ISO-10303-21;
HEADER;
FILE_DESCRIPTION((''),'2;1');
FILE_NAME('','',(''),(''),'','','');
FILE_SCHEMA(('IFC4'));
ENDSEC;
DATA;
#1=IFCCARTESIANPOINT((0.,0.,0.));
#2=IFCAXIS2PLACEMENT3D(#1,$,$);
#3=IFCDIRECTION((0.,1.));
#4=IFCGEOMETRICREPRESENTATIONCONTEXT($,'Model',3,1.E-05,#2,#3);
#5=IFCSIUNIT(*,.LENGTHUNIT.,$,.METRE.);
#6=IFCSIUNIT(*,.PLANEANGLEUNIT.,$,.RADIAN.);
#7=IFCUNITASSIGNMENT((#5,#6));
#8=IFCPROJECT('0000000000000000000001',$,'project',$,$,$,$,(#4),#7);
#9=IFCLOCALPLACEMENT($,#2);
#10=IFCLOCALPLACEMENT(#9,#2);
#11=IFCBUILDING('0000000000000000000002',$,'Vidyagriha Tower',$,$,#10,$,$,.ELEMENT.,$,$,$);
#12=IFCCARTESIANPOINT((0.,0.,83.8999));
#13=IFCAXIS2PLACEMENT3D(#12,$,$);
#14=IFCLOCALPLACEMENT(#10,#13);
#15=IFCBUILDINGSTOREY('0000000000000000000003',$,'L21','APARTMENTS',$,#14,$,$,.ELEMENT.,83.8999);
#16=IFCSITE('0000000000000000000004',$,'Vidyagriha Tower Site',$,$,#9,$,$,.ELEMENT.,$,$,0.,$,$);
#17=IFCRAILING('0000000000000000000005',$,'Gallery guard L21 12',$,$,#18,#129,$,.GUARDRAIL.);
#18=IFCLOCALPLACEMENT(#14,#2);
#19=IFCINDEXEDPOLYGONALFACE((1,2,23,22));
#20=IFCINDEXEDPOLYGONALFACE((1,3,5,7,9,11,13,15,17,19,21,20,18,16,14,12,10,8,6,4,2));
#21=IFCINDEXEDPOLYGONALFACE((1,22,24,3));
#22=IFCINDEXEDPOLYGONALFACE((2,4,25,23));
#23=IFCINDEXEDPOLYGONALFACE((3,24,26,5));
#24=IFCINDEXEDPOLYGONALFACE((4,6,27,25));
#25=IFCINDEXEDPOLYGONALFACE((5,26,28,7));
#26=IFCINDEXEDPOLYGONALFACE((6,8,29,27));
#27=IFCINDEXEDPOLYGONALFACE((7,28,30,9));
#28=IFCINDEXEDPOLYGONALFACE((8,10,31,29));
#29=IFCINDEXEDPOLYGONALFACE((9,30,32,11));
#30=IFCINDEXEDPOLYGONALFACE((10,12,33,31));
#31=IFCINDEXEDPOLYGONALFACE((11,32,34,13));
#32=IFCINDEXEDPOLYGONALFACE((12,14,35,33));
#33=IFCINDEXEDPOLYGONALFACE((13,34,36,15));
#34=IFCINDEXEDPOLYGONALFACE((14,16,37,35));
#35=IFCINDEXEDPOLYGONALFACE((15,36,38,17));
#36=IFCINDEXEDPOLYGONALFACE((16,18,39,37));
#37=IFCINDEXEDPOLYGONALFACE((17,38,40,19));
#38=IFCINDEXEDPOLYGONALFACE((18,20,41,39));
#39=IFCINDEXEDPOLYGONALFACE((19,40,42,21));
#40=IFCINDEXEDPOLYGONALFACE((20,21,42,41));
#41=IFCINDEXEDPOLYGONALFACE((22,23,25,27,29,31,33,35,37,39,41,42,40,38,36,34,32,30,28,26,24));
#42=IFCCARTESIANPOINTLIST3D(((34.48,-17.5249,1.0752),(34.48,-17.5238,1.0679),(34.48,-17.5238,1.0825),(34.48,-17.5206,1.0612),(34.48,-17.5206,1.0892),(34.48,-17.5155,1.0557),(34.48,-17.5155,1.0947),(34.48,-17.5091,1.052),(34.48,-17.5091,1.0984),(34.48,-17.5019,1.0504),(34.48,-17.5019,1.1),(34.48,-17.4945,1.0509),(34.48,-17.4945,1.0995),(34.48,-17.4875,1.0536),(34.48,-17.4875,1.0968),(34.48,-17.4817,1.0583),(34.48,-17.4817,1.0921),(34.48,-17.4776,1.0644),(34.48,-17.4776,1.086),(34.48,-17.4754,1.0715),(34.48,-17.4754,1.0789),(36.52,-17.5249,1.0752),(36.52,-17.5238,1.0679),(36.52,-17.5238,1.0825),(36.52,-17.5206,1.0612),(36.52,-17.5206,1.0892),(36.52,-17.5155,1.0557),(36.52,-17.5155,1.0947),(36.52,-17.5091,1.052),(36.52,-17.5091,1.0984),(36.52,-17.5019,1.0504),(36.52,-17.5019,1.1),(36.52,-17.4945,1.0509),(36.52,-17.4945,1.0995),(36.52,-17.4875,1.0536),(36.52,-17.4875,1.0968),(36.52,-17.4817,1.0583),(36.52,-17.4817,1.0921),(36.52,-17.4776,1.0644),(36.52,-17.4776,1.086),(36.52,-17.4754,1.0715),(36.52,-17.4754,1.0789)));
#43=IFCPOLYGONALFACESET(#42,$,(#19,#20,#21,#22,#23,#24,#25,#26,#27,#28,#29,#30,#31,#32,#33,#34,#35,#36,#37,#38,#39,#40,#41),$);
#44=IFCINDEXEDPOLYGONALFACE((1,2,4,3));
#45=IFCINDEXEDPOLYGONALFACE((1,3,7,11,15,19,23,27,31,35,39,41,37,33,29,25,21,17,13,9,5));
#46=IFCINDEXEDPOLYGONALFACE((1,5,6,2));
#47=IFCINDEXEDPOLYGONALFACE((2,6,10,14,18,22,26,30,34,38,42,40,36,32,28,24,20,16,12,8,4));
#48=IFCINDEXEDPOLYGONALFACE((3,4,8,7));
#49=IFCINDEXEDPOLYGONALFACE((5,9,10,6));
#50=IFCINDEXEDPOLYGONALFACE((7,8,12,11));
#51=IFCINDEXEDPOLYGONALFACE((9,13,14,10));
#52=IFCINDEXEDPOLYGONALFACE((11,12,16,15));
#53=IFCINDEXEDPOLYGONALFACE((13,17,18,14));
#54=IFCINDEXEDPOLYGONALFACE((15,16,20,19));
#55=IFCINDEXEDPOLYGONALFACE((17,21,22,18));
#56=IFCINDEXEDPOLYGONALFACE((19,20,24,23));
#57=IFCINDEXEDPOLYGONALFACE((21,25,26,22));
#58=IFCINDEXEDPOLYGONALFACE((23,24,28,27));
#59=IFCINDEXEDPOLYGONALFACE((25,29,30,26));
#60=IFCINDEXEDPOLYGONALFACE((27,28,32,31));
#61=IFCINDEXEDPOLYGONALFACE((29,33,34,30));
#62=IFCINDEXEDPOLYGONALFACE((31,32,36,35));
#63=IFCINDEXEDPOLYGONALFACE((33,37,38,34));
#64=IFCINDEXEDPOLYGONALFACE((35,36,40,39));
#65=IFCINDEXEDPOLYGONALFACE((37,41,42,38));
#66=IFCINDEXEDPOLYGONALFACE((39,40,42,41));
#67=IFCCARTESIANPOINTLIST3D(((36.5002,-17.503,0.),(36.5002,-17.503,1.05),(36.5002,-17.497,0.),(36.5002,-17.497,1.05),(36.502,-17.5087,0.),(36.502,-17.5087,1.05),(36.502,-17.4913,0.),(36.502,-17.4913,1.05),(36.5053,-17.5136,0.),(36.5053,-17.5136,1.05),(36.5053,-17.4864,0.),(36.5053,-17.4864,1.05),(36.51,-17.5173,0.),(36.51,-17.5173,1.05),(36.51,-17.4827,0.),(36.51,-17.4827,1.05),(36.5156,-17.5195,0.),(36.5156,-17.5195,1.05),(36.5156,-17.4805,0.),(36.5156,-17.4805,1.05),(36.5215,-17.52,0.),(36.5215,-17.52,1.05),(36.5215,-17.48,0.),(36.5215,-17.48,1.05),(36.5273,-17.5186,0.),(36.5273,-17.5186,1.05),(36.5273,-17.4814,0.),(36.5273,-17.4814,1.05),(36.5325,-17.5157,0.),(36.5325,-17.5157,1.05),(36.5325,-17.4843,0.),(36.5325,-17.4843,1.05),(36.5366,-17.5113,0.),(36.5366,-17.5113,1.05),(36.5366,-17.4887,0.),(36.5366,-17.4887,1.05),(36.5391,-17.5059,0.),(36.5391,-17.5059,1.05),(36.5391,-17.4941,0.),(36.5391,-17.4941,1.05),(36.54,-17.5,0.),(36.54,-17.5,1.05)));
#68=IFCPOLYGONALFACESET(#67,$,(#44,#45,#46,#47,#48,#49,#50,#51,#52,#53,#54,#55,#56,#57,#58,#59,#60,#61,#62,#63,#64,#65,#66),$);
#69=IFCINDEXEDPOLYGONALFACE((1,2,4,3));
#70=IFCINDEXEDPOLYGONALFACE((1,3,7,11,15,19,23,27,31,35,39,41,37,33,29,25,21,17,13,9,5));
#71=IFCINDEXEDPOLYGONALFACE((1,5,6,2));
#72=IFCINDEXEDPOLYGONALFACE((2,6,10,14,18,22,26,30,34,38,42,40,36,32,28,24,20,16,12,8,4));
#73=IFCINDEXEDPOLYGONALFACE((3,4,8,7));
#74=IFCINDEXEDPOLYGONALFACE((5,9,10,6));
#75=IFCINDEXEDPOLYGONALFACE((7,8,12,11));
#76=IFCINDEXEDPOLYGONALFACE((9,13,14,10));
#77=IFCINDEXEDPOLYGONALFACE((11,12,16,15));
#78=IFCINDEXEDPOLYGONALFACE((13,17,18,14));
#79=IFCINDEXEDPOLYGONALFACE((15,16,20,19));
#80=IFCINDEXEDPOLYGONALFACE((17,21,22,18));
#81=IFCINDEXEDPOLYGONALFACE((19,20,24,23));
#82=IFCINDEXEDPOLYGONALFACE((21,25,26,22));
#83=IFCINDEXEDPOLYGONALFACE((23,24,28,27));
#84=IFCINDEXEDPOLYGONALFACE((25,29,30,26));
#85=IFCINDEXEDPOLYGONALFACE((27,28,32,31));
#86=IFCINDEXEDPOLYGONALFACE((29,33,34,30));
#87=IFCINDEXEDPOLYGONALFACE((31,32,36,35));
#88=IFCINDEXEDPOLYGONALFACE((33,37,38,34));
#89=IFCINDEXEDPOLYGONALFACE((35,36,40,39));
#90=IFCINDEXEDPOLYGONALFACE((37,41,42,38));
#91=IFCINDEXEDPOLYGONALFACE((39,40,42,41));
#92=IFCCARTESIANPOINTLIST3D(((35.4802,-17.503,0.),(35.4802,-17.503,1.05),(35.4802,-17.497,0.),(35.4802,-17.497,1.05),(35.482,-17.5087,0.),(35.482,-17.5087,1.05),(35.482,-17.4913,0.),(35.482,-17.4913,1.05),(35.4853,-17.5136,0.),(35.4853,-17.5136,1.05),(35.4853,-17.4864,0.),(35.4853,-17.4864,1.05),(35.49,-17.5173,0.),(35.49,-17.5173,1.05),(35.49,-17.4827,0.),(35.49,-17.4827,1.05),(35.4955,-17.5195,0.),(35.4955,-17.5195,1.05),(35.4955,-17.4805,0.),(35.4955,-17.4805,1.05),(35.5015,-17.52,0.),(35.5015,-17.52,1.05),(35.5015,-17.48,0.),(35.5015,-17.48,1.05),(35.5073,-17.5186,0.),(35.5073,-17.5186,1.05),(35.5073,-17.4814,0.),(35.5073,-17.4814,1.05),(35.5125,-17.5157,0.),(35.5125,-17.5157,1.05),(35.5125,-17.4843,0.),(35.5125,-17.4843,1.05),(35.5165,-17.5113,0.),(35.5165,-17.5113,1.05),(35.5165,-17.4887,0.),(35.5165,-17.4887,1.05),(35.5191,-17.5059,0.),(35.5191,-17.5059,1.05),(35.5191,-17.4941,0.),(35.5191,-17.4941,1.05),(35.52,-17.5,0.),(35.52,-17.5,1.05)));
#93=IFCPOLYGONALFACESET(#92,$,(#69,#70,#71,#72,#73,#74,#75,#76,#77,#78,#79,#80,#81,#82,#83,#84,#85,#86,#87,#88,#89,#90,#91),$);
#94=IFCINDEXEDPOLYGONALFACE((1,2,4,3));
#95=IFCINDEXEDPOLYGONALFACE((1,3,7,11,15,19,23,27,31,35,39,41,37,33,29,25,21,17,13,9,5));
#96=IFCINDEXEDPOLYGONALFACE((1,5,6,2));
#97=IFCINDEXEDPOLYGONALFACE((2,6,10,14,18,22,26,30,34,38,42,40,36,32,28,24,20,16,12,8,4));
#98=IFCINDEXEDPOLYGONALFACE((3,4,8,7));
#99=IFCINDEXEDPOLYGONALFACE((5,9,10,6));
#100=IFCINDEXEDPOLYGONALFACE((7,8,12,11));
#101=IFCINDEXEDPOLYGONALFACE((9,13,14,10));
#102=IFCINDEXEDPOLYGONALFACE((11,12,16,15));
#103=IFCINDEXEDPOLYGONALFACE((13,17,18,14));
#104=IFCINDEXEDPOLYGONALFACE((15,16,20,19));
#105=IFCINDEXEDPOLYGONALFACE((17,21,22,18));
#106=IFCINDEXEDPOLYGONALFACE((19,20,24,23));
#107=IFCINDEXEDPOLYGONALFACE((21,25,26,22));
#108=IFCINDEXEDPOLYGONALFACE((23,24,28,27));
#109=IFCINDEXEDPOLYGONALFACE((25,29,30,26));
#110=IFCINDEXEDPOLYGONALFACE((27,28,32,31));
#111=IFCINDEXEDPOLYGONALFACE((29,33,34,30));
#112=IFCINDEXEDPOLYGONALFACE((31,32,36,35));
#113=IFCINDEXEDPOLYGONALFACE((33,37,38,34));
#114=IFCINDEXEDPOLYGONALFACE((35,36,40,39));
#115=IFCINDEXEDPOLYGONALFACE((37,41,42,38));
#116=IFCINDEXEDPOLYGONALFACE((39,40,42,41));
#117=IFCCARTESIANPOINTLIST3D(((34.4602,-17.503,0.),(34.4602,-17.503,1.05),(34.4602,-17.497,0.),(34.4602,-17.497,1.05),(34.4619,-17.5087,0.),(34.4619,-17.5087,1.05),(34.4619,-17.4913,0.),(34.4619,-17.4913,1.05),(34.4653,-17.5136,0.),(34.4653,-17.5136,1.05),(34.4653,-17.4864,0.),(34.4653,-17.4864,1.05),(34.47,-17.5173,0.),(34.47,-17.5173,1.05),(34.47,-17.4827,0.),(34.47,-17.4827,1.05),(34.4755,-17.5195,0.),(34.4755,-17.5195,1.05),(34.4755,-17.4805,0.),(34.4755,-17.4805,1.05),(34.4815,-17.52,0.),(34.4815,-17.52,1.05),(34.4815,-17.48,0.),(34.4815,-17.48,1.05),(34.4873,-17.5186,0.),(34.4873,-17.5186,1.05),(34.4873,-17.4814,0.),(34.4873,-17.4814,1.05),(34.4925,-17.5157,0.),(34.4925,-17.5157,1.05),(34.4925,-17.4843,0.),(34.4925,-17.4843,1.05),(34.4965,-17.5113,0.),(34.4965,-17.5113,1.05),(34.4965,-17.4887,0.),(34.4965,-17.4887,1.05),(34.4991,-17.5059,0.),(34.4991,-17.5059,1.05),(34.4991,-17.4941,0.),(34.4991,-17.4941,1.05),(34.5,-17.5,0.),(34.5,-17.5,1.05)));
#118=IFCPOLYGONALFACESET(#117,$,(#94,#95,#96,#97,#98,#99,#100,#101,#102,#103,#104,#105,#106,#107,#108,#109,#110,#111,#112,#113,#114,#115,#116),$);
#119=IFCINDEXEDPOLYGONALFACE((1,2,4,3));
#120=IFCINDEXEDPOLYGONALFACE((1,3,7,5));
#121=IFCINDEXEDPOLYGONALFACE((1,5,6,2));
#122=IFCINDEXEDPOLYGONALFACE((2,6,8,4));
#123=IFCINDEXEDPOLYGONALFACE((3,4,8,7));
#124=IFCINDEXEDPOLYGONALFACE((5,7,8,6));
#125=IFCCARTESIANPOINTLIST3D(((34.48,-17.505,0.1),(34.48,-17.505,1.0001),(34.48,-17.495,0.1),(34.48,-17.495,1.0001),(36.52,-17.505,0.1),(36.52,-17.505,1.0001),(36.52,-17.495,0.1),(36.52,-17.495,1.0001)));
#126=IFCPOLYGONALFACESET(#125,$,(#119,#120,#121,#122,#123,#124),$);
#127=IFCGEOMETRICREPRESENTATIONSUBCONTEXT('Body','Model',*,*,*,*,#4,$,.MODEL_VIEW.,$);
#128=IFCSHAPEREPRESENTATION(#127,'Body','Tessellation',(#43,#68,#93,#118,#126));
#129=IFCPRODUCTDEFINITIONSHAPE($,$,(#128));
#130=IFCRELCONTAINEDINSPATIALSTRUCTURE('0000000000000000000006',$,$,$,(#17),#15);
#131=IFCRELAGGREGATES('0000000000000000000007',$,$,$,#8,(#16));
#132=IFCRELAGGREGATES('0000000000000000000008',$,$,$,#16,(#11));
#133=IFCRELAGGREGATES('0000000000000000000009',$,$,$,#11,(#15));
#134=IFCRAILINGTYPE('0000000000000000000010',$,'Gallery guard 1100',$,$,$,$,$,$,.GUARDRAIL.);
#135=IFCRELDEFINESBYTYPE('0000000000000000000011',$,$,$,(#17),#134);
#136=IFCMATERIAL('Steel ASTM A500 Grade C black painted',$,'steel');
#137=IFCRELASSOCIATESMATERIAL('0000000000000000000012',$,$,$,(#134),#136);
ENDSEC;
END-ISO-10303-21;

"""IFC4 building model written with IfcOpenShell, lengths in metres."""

from ifc_helpers import new_model, si_unit, direction, frame, origin, origin_2d, place, context, subcontext, project, spatial, rectangle, circle, extrude, material, type_object, element, save


model = new_model("IFC4")

# Units and contexts
model_context = context("Model", 3, precision=1e-05, world=origin(), true_north=direction((0.0, 1.0)))
body_context = subcontext(model_context, "Body", "Model", "MODEL_VIEW")
ifc_project = project(units=[si_unit("LENGTHUNIT", "METRE"), si_unit("PLANEANGLEUNIT", "RADIAN")], contexts=[model_context])

# Site, building, storey
site_placement = place(None, origin())
site = spatial("IfcSite", under=ifc_project, at=site_placement, Name="Vidyagriha Tower Site", CompositionType="ELEMENT", RefElevation=0.0)
building_placement = place(site_placement, origin())
building = spatial("IfcBuilding", under=site, at=building_placement, Name="Vidyagriha Tower", CompositionType="ELEMENT")
storey_placement = place(building_placement, frame((0.0, 0.0, 83.8999)))
storey = spatial("IfcBuildingStorey", under=building, at=storey_placement, Name="L21", Description="APARTMENTS", CompositionType="ELEMENT", Elevation=83.8999)

# Railing
ifc_material_1 = material(Name="Steel ASTM A500 Grade C black painted", Category="steel")
railing_type_1 = type_object("IfcRailingType", Name="Gallery guard 1100", PredefinedType="GUARDRAIL", material=ifc_material_1)
railing_1_placement = place(storey_placement, frame((36.52, -17.5, 0.0)))
element("IfcRailing", 1, at=railing_1_placement, inside=storey, type_object=railing_type_1, Name="Gallery guard L21 12", PredefinedType="GUARDRAIL", context=body_context, shape_type="SweptSolid", body=[
    extrude(circle(Radius=0.0249, at=origin_2d()), frame((0.0, 0.0, 1.0752), z_axis=(-1.0, 0.0, 0.0), x_axis=(0.0, -1.0, 0.0)), (0.0, 0.0, 1.0), 2.04),
    extrude(circle(Radius=0.02, at=origin_2d()), origin(), (0.0, 0.0, 1.0), 1.05),
    extrude(circle(Radius=0.02, at=origin_2d()), frame((-1.02, 0.0, 0.0)), (0.0, 0.0, 1.0), 1.05),
    extrude(circle(Radius=0.02, at=origin_2d()), frame((-2.04, 0.0, 0.0)), (0.0, 0.0, 1.0), 1.05),
    extrude(rectangle(XDim=0.01, YDim=0.9001, at=origin_2d()), frame((0.0, 0.0, 0.55), z_axis=(-1.0, 0.0, 0.0), x_axis=(0.0, -1.0, 0.0)), (0.0, 0.0, 1.0), 2.04),
])

save(model, "model.ifc")
